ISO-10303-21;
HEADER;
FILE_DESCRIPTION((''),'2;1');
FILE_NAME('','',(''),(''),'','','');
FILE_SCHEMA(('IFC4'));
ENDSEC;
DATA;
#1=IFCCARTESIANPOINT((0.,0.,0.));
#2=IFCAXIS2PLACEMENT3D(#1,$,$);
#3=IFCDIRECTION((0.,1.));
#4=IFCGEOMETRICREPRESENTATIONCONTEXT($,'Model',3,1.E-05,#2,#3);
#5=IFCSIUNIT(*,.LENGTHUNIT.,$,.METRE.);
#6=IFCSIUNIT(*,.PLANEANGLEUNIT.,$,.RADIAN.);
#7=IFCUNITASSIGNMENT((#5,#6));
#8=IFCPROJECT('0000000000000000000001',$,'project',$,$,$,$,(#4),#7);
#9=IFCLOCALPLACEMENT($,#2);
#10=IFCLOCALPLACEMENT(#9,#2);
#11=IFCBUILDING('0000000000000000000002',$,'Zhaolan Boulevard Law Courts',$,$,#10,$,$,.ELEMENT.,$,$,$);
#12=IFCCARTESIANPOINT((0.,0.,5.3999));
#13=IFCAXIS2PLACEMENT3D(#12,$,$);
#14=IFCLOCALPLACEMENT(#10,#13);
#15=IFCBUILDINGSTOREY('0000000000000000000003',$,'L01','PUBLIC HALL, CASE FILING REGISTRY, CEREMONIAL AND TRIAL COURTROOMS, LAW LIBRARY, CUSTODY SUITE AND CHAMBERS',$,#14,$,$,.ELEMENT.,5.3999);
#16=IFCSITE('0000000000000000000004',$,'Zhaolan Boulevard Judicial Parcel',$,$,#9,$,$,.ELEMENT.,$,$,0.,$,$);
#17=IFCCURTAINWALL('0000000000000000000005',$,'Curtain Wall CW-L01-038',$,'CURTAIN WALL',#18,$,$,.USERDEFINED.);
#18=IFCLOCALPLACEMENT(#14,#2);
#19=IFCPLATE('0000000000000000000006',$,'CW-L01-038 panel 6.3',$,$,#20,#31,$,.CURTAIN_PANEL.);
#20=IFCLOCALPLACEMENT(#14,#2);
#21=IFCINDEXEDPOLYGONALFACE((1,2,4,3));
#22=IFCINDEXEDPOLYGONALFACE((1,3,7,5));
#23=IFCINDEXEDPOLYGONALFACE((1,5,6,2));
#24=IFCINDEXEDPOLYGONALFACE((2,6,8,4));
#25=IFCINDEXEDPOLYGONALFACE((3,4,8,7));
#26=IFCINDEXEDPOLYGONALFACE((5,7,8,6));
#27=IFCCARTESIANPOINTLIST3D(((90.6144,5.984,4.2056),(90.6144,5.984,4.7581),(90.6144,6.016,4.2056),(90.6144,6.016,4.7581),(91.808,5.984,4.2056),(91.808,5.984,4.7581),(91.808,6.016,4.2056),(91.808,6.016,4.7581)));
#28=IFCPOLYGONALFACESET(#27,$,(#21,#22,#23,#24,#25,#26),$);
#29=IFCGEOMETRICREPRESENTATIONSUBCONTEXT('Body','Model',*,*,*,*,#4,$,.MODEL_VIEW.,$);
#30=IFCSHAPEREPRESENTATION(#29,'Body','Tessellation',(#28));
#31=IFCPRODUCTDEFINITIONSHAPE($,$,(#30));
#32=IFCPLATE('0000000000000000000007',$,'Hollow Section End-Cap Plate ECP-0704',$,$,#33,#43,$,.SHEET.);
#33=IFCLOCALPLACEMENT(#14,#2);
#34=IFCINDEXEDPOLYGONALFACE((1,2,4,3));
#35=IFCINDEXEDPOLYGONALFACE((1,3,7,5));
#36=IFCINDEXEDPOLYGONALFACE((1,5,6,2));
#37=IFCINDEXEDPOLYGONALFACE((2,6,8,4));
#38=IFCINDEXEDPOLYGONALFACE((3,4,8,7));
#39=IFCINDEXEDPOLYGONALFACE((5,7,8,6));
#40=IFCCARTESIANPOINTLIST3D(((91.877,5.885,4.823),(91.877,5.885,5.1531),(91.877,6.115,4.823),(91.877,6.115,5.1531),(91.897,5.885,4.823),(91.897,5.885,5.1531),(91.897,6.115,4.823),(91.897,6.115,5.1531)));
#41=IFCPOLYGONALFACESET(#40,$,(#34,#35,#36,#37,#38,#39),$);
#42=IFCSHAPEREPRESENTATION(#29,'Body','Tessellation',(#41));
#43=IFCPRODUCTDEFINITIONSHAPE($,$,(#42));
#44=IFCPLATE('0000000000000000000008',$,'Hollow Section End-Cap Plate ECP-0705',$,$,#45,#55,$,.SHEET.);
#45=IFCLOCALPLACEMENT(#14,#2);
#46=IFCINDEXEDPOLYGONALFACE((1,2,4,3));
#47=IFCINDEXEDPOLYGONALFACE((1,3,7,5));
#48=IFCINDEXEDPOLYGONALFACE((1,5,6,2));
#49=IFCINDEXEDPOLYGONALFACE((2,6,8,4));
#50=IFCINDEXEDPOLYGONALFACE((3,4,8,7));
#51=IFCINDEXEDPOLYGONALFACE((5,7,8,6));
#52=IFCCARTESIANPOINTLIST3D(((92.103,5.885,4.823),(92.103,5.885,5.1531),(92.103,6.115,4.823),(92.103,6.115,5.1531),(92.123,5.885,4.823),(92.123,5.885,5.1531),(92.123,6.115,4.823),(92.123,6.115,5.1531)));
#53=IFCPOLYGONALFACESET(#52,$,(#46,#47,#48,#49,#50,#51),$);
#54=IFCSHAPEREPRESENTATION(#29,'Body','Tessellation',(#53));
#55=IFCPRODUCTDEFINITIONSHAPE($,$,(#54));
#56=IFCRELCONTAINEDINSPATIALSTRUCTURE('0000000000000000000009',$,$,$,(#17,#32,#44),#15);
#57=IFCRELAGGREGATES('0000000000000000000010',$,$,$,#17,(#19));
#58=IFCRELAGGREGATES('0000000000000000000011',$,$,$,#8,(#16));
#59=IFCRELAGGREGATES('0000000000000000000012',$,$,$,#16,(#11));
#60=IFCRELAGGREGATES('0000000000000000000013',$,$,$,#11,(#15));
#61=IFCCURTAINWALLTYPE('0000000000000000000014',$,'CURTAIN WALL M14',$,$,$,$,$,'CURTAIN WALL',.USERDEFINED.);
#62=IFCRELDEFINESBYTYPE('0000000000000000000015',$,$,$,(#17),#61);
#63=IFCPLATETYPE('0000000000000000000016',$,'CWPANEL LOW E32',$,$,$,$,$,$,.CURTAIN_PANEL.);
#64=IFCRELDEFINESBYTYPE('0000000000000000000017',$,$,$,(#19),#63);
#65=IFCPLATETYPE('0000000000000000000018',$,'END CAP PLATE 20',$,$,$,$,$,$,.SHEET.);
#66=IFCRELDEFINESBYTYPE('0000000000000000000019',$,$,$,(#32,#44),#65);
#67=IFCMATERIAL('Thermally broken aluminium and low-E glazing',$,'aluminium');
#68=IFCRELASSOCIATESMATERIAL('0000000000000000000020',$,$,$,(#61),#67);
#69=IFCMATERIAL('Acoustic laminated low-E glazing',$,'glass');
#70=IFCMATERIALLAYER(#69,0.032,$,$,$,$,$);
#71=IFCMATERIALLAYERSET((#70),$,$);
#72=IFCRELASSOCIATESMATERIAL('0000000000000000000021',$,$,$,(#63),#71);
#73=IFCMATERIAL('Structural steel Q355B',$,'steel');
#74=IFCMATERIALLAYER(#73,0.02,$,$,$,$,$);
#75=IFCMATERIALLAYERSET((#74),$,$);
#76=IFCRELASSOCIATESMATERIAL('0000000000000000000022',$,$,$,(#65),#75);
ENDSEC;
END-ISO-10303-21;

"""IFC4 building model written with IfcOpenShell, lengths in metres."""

from ifc_helpers import new_model, si_unit, direction, frame, origin, origin_2d, place, context, subcontext, project, spatial, rectangle, extrude, material, layer, layer_set, type_object, element, aggregate, save


model = new_model("IFC4")

# Units and contexts
model_context = context("Model", 3, precision=1e-05, world=origin(), true_north=direction((0.0, 1.0)))
body_context = subcontext(model_context, "Body", "Model", "MODEL_VIEW")
ifc_project = project(units=[si_unit("LENGTHUNIT", "METRE"), si_unit("PLANEANGLEUNIT", "RADIAN")], contexts=[model_context])

# Site, building, storey
site_placement = place(None, origin())
site = spatial("IfcSite", under=ifc_project, at=site_placement, Name="Zhaolan Boulevard Judicial Parcel", CompositionType="ELEMENT", RefElevation=0.0)
building_placement = place(site_placement, origin())
building = spatial("IfcBuilding", under=site, at=building_placement, Name="Zhaolan Boulevard Law Courts", CompositionType="ELEMENT")
storey_placement = place(building_placement, frame((0.0, 0.0, 5.3999)))
storey = spatial("IfcBuildingStorey", under=building, at=storey_placement, Name="L01", Description="PUBLIC HALL, CASE FILING REGISTRY, CEREMONIAL AND TRIAL COURTROOMS, LAW LIBRARY, CUSTODY SUITE AND CHAMBERS", CompositionType="ELEMENT", Elevation=5.3999)

# Curtain wall
ifc_material_1 = material(Name="Thermally broken aluminium and low-E glazing", Category="aluminium")
curtain_wall_type_1 = type_object("IfcCurtainWallType", Name="CURTAIN WALL M14", ElementType="CURTAIN WALL", PredefinedType="USERDEFINED", material=ifc_material_1)
curtain_wall_1_placement = place(storey_placement, origin())
curtain_wall_1 = element("IfcCurtainWall", 1, at=curtain_wall_1_placement, inside=storey, type_object=curtain_wall_type_1, Name="Curtain Wall CW-L01-038", ObjectType="CURTAIN WALL", PredefinedType="USERDEFINED")

# Plate
ifc_material_2 = material(Name="Acoustic laminated low-E glazing", Category="glass")
ifc_layer_1 = layer(ifc_material_2, 0.032)
ifc_layer_set_1 = layer_set([ifc_layer_1])
plate_type_1 = type_object("IfcPlateType", Name="CWPANEL LOW E32", PredefinedType="CURTAIN_PANEL", material=ifc_layer_set_1)
plate_1_placement = place(storey_placement, frame((91.2112, 6.0, 4.2056), z_axis=(0.0, 0.0, 1.0), x_axis=(1.0, 0.0, 0.0)))
plate_1 = element("IfcPlate", 2, at=plate_1_placement, type_object=plate_type_1, Name="CW-L01-038 panel 6.3", PredefinedType="CURTAIN_PANEL", context=body_context, shape_type="SweptSolid", body=[
    extrude(rectangle(XDim=1.1936, YDim=0.032, at=origin_2d()), origin(), (0.0, 0.0, 1.0), 0.5525),
])
aggregate(curtain_wall_1, [plate_1])

# Plates
ifc_material_3 = material(Name="Structural steel Q355B", Category="steel")
ifc_layer_2 = layer(ifc_material_3, 0.02)
ifc_layer_set_2 = layer_set([ifc_layer_2])
plate_type_2 = type_object("IfcPlateType", Name="END CAP PLATE 20", PredefinedType="SHEET", material=ifc_layer_set_2)
for number, where, z_axis, x_axis, name in (
    (3, (91.887, 6.0, 4.823), (0.0, 0.0, 1.0), (1.0, 0.0, 0.0), "Hollow Section End-Cap Plate ECP-0704"),
    (4, (92.113, 6.0, 4.823), (0.0, 0.0, 1.0), (1.0, 0.0, 0.0), "Hollow Section End-Cap Plate ECP-0705"),
):
    element("IfcPlate", number, at=place(storey_placement, frame(where, z_axis=z_axis, x_axis=x_axis)), inside=storey, type_object=plate_type_2, Name=name, PredefinedType="SHEET", context=body_context, shape_type="SweptSolid", body=[
        extrude(rectangle(XDim=0.02, YDim=0.23, at=origin_2d()), origin(), (0.0, 0.0, 1.0), 0.3301),
    ])

save(model, "model.ifc")
